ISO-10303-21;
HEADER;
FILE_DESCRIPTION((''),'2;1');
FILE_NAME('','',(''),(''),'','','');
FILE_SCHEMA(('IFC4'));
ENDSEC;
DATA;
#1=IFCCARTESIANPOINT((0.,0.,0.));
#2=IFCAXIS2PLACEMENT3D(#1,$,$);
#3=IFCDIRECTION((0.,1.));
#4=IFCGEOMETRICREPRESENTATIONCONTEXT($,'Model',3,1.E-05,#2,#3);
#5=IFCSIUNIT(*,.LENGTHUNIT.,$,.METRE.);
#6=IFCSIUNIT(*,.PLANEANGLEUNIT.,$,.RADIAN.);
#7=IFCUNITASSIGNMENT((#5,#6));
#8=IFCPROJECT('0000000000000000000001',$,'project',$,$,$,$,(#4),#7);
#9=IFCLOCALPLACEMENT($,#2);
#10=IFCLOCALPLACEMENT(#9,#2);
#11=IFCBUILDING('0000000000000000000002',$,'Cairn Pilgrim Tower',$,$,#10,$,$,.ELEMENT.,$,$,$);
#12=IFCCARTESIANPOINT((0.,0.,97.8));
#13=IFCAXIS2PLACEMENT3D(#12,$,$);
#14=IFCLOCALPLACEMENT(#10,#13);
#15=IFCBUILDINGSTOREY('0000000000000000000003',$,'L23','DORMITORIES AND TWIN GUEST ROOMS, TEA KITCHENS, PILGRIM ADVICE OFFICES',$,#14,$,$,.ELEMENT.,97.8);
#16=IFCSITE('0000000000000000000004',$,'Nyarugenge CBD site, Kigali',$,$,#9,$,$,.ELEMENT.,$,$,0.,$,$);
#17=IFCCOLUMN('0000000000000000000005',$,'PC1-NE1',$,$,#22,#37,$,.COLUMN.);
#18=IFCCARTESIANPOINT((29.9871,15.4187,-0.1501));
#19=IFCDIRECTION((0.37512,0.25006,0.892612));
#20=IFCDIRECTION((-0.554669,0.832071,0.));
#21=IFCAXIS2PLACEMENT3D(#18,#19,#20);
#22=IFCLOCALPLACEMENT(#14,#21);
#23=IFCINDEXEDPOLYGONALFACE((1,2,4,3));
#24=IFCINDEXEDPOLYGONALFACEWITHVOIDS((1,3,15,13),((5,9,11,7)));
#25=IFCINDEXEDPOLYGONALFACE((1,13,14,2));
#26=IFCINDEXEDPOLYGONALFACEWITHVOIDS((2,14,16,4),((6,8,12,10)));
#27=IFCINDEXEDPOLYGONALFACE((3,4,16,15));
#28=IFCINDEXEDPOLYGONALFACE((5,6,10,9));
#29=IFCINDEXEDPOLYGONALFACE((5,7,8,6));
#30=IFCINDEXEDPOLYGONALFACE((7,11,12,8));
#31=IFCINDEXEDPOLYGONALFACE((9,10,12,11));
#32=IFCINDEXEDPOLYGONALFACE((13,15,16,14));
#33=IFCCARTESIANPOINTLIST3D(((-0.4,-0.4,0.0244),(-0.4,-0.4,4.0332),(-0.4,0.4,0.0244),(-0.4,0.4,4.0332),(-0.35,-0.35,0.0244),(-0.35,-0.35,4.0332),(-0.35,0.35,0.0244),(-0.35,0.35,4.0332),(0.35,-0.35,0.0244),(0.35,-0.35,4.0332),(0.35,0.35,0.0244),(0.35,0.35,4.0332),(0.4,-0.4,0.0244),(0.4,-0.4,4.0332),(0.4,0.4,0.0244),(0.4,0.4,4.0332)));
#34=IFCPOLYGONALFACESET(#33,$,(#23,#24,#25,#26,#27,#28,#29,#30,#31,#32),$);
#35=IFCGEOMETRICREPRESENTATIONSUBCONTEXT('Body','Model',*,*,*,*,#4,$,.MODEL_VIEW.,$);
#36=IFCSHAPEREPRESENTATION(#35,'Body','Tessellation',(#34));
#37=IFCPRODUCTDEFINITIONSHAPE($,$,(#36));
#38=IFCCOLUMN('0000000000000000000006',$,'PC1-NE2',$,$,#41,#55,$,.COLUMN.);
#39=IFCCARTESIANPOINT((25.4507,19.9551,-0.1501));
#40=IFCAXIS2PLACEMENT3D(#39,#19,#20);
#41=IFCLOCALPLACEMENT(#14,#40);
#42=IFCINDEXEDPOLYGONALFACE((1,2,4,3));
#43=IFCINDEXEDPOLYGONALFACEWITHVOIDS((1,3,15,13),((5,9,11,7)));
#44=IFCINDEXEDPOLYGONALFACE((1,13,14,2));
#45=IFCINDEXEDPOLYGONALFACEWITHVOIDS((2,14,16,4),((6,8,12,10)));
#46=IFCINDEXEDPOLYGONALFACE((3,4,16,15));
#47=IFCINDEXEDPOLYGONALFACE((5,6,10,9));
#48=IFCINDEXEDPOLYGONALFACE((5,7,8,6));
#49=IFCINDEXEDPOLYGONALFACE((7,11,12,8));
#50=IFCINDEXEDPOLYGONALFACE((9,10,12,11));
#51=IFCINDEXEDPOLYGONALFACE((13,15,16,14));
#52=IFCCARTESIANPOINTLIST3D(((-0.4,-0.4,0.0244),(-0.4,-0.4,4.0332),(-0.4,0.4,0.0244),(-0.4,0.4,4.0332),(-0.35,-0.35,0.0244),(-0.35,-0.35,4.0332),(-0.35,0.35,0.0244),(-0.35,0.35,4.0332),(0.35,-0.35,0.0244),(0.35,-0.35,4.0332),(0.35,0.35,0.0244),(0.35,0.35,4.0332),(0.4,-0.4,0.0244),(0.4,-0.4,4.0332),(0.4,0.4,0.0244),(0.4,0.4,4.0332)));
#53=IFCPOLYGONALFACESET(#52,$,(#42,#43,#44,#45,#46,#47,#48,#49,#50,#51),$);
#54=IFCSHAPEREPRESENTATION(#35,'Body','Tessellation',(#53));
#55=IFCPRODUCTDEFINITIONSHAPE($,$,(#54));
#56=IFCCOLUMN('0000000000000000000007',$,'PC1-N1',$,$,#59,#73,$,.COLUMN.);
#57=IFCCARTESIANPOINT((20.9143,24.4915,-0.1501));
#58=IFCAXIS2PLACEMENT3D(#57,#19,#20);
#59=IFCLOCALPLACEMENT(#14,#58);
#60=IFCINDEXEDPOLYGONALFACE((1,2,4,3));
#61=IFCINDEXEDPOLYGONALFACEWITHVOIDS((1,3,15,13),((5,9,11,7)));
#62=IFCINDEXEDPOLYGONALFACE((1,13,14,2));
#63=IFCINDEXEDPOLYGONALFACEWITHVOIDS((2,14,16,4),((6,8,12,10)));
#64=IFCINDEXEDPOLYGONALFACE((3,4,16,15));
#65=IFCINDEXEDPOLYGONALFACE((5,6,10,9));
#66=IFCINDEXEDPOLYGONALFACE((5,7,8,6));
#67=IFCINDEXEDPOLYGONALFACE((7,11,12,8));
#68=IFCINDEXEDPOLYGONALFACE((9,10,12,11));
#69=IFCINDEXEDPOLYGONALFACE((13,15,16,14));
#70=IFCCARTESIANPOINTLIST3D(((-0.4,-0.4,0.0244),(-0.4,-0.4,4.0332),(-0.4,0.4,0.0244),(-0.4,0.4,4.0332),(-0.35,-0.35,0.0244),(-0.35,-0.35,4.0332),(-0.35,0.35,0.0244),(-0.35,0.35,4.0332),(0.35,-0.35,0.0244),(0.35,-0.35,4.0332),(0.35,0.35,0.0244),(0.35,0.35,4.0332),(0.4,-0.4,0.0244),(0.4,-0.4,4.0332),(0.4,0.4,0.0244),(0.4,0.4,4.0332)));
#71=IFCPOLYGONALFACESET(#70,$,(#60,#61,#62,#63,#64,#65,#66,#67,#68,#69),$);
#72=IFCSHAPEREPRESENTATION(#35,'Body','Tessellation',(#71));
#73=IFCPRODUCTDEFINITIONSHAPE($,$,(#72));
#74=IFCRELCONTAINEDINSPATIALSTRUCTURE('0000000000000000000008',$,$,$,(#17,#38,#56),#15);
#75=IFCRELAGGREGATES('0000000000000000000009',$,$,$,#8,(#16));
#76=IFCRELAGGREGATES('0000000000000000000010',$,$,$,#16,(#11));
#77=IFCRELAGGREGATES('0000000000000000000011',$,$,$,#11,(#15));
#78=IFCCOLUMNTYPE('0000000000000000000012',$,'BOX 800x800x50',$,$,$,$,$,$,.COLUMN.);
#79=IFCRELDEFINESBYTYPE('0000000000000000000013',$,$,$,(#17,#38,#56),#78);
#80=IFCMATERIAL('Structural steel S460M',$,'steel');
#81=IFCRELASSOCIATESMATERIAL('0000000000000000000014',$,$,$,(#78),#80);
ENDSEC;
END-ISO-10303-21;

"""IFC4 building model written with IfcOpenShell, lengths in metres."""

from ifc_helpers import new_model, si_unit, direction, frame, origin, origin_2d, place, context, subcontext, project, spatial, hollow_rectangle, extrude, clip, halfspace, material, material_profile, profile_set, type_object, element, save


model = new_model("IFC4")

# Units and contexts
model_context = context("Model", 3, precision=1e-05, world=origin(), true_north=direction((0.0, 1.0)))
body_context = subcontext(model_context, "Body", "Model", "MODEL_VIEW")
ifc_project = project(units=[si_unit("LENGTHUNIT", "METRE"), si_unit("PLANEANGLEUNIT", "RADIAN")], contexts=[model_context])

# Site, building, storey
site_placement = place(None, origin())
site = spatial("IfcSite", under=ifc_project, at=site_placement, Name="Nyarugenge CBD site, Kigali", CompositionType="ELEMENT", RefElevation=0.0)
building_placement = place(site_placement, origin())
building = spatial("IfcBuilding", under=site, at=building_placement, Name="Cairn Pilgrim Tower", CompositionType="ELEMENT")
storey_placement = place(building_placement, frame((0.0, 0.0, 97.8)))
storey = spatial("IfcBuildingStorey", under=building, at=storey_placement, Name="L23", Description="DORMITORIES AND TWIN GUEST ROOMS, TEA KITCHENS, PILGRIM ADVICE OFFICES", CompositionType="ELEMENT", Elevation=97.8)

# Columns
ifc_material_1 = material(Name="Structural steel S460M", Category="steel")
ifc_material_profile_1 = material_profile(ifc_material_1, hollow_rectangle(XDim=0.8, YDim=0.8, WallThickness=0.05, at=origin_2d()), Name="BOX 800x800x50")
ifc_profile_set_1 = profile_set([ifc_material_profile_1], Name="Structural steel S460M")
column_type = type_object("IfcColumnType", Name="BOX 800x800x50", PredefinedType="COLUMN", material=ifc_profile_set_1)
for number, where, z_axis, x_axis, name in (
    (1, (29.9871, 15.4187, -0.1501), (0.37512, 0.25006, 0.892612), (-0.554669, 0.832071, 0.0), "PC1-NE1"),
    (2, (25.4507, 19.9551, -0.1501), (0.37512, 0.25006, 0.892612), (-0.554669, 0.832071, 0.0), "PC1-NE2"),
    (3, (20.9143, 24.4915, -0.1501), (0.37512, 0.25006, 0.892612), (-0.554669, 0.832071, 0.0), "PC1-N1"),
):
    element("IfcColumn", number, at=place(storey_placement, frame(where, z_axis=z_axis, x_axis=x_axis)), inside=storey, type_object=column_type, Name=name, PredefinedType="COLUMN", context=body_context, shape_type="Clipping", body=[
        clip(extrude(hollow_rectangle(XDim=0.8, YDim=0.8, WallThickness=0.05, at=origin_2d()), origin(), (0.0, 0.0, 1.0), 4.0332), halfspace(frame((0.0, 0.0, 0.0244), z_axis=(0.0, 0.0, 1.0), x_axis=(1.0, 0.0, 0.0)), True)),
    ])

save(model, "model.ifc")
